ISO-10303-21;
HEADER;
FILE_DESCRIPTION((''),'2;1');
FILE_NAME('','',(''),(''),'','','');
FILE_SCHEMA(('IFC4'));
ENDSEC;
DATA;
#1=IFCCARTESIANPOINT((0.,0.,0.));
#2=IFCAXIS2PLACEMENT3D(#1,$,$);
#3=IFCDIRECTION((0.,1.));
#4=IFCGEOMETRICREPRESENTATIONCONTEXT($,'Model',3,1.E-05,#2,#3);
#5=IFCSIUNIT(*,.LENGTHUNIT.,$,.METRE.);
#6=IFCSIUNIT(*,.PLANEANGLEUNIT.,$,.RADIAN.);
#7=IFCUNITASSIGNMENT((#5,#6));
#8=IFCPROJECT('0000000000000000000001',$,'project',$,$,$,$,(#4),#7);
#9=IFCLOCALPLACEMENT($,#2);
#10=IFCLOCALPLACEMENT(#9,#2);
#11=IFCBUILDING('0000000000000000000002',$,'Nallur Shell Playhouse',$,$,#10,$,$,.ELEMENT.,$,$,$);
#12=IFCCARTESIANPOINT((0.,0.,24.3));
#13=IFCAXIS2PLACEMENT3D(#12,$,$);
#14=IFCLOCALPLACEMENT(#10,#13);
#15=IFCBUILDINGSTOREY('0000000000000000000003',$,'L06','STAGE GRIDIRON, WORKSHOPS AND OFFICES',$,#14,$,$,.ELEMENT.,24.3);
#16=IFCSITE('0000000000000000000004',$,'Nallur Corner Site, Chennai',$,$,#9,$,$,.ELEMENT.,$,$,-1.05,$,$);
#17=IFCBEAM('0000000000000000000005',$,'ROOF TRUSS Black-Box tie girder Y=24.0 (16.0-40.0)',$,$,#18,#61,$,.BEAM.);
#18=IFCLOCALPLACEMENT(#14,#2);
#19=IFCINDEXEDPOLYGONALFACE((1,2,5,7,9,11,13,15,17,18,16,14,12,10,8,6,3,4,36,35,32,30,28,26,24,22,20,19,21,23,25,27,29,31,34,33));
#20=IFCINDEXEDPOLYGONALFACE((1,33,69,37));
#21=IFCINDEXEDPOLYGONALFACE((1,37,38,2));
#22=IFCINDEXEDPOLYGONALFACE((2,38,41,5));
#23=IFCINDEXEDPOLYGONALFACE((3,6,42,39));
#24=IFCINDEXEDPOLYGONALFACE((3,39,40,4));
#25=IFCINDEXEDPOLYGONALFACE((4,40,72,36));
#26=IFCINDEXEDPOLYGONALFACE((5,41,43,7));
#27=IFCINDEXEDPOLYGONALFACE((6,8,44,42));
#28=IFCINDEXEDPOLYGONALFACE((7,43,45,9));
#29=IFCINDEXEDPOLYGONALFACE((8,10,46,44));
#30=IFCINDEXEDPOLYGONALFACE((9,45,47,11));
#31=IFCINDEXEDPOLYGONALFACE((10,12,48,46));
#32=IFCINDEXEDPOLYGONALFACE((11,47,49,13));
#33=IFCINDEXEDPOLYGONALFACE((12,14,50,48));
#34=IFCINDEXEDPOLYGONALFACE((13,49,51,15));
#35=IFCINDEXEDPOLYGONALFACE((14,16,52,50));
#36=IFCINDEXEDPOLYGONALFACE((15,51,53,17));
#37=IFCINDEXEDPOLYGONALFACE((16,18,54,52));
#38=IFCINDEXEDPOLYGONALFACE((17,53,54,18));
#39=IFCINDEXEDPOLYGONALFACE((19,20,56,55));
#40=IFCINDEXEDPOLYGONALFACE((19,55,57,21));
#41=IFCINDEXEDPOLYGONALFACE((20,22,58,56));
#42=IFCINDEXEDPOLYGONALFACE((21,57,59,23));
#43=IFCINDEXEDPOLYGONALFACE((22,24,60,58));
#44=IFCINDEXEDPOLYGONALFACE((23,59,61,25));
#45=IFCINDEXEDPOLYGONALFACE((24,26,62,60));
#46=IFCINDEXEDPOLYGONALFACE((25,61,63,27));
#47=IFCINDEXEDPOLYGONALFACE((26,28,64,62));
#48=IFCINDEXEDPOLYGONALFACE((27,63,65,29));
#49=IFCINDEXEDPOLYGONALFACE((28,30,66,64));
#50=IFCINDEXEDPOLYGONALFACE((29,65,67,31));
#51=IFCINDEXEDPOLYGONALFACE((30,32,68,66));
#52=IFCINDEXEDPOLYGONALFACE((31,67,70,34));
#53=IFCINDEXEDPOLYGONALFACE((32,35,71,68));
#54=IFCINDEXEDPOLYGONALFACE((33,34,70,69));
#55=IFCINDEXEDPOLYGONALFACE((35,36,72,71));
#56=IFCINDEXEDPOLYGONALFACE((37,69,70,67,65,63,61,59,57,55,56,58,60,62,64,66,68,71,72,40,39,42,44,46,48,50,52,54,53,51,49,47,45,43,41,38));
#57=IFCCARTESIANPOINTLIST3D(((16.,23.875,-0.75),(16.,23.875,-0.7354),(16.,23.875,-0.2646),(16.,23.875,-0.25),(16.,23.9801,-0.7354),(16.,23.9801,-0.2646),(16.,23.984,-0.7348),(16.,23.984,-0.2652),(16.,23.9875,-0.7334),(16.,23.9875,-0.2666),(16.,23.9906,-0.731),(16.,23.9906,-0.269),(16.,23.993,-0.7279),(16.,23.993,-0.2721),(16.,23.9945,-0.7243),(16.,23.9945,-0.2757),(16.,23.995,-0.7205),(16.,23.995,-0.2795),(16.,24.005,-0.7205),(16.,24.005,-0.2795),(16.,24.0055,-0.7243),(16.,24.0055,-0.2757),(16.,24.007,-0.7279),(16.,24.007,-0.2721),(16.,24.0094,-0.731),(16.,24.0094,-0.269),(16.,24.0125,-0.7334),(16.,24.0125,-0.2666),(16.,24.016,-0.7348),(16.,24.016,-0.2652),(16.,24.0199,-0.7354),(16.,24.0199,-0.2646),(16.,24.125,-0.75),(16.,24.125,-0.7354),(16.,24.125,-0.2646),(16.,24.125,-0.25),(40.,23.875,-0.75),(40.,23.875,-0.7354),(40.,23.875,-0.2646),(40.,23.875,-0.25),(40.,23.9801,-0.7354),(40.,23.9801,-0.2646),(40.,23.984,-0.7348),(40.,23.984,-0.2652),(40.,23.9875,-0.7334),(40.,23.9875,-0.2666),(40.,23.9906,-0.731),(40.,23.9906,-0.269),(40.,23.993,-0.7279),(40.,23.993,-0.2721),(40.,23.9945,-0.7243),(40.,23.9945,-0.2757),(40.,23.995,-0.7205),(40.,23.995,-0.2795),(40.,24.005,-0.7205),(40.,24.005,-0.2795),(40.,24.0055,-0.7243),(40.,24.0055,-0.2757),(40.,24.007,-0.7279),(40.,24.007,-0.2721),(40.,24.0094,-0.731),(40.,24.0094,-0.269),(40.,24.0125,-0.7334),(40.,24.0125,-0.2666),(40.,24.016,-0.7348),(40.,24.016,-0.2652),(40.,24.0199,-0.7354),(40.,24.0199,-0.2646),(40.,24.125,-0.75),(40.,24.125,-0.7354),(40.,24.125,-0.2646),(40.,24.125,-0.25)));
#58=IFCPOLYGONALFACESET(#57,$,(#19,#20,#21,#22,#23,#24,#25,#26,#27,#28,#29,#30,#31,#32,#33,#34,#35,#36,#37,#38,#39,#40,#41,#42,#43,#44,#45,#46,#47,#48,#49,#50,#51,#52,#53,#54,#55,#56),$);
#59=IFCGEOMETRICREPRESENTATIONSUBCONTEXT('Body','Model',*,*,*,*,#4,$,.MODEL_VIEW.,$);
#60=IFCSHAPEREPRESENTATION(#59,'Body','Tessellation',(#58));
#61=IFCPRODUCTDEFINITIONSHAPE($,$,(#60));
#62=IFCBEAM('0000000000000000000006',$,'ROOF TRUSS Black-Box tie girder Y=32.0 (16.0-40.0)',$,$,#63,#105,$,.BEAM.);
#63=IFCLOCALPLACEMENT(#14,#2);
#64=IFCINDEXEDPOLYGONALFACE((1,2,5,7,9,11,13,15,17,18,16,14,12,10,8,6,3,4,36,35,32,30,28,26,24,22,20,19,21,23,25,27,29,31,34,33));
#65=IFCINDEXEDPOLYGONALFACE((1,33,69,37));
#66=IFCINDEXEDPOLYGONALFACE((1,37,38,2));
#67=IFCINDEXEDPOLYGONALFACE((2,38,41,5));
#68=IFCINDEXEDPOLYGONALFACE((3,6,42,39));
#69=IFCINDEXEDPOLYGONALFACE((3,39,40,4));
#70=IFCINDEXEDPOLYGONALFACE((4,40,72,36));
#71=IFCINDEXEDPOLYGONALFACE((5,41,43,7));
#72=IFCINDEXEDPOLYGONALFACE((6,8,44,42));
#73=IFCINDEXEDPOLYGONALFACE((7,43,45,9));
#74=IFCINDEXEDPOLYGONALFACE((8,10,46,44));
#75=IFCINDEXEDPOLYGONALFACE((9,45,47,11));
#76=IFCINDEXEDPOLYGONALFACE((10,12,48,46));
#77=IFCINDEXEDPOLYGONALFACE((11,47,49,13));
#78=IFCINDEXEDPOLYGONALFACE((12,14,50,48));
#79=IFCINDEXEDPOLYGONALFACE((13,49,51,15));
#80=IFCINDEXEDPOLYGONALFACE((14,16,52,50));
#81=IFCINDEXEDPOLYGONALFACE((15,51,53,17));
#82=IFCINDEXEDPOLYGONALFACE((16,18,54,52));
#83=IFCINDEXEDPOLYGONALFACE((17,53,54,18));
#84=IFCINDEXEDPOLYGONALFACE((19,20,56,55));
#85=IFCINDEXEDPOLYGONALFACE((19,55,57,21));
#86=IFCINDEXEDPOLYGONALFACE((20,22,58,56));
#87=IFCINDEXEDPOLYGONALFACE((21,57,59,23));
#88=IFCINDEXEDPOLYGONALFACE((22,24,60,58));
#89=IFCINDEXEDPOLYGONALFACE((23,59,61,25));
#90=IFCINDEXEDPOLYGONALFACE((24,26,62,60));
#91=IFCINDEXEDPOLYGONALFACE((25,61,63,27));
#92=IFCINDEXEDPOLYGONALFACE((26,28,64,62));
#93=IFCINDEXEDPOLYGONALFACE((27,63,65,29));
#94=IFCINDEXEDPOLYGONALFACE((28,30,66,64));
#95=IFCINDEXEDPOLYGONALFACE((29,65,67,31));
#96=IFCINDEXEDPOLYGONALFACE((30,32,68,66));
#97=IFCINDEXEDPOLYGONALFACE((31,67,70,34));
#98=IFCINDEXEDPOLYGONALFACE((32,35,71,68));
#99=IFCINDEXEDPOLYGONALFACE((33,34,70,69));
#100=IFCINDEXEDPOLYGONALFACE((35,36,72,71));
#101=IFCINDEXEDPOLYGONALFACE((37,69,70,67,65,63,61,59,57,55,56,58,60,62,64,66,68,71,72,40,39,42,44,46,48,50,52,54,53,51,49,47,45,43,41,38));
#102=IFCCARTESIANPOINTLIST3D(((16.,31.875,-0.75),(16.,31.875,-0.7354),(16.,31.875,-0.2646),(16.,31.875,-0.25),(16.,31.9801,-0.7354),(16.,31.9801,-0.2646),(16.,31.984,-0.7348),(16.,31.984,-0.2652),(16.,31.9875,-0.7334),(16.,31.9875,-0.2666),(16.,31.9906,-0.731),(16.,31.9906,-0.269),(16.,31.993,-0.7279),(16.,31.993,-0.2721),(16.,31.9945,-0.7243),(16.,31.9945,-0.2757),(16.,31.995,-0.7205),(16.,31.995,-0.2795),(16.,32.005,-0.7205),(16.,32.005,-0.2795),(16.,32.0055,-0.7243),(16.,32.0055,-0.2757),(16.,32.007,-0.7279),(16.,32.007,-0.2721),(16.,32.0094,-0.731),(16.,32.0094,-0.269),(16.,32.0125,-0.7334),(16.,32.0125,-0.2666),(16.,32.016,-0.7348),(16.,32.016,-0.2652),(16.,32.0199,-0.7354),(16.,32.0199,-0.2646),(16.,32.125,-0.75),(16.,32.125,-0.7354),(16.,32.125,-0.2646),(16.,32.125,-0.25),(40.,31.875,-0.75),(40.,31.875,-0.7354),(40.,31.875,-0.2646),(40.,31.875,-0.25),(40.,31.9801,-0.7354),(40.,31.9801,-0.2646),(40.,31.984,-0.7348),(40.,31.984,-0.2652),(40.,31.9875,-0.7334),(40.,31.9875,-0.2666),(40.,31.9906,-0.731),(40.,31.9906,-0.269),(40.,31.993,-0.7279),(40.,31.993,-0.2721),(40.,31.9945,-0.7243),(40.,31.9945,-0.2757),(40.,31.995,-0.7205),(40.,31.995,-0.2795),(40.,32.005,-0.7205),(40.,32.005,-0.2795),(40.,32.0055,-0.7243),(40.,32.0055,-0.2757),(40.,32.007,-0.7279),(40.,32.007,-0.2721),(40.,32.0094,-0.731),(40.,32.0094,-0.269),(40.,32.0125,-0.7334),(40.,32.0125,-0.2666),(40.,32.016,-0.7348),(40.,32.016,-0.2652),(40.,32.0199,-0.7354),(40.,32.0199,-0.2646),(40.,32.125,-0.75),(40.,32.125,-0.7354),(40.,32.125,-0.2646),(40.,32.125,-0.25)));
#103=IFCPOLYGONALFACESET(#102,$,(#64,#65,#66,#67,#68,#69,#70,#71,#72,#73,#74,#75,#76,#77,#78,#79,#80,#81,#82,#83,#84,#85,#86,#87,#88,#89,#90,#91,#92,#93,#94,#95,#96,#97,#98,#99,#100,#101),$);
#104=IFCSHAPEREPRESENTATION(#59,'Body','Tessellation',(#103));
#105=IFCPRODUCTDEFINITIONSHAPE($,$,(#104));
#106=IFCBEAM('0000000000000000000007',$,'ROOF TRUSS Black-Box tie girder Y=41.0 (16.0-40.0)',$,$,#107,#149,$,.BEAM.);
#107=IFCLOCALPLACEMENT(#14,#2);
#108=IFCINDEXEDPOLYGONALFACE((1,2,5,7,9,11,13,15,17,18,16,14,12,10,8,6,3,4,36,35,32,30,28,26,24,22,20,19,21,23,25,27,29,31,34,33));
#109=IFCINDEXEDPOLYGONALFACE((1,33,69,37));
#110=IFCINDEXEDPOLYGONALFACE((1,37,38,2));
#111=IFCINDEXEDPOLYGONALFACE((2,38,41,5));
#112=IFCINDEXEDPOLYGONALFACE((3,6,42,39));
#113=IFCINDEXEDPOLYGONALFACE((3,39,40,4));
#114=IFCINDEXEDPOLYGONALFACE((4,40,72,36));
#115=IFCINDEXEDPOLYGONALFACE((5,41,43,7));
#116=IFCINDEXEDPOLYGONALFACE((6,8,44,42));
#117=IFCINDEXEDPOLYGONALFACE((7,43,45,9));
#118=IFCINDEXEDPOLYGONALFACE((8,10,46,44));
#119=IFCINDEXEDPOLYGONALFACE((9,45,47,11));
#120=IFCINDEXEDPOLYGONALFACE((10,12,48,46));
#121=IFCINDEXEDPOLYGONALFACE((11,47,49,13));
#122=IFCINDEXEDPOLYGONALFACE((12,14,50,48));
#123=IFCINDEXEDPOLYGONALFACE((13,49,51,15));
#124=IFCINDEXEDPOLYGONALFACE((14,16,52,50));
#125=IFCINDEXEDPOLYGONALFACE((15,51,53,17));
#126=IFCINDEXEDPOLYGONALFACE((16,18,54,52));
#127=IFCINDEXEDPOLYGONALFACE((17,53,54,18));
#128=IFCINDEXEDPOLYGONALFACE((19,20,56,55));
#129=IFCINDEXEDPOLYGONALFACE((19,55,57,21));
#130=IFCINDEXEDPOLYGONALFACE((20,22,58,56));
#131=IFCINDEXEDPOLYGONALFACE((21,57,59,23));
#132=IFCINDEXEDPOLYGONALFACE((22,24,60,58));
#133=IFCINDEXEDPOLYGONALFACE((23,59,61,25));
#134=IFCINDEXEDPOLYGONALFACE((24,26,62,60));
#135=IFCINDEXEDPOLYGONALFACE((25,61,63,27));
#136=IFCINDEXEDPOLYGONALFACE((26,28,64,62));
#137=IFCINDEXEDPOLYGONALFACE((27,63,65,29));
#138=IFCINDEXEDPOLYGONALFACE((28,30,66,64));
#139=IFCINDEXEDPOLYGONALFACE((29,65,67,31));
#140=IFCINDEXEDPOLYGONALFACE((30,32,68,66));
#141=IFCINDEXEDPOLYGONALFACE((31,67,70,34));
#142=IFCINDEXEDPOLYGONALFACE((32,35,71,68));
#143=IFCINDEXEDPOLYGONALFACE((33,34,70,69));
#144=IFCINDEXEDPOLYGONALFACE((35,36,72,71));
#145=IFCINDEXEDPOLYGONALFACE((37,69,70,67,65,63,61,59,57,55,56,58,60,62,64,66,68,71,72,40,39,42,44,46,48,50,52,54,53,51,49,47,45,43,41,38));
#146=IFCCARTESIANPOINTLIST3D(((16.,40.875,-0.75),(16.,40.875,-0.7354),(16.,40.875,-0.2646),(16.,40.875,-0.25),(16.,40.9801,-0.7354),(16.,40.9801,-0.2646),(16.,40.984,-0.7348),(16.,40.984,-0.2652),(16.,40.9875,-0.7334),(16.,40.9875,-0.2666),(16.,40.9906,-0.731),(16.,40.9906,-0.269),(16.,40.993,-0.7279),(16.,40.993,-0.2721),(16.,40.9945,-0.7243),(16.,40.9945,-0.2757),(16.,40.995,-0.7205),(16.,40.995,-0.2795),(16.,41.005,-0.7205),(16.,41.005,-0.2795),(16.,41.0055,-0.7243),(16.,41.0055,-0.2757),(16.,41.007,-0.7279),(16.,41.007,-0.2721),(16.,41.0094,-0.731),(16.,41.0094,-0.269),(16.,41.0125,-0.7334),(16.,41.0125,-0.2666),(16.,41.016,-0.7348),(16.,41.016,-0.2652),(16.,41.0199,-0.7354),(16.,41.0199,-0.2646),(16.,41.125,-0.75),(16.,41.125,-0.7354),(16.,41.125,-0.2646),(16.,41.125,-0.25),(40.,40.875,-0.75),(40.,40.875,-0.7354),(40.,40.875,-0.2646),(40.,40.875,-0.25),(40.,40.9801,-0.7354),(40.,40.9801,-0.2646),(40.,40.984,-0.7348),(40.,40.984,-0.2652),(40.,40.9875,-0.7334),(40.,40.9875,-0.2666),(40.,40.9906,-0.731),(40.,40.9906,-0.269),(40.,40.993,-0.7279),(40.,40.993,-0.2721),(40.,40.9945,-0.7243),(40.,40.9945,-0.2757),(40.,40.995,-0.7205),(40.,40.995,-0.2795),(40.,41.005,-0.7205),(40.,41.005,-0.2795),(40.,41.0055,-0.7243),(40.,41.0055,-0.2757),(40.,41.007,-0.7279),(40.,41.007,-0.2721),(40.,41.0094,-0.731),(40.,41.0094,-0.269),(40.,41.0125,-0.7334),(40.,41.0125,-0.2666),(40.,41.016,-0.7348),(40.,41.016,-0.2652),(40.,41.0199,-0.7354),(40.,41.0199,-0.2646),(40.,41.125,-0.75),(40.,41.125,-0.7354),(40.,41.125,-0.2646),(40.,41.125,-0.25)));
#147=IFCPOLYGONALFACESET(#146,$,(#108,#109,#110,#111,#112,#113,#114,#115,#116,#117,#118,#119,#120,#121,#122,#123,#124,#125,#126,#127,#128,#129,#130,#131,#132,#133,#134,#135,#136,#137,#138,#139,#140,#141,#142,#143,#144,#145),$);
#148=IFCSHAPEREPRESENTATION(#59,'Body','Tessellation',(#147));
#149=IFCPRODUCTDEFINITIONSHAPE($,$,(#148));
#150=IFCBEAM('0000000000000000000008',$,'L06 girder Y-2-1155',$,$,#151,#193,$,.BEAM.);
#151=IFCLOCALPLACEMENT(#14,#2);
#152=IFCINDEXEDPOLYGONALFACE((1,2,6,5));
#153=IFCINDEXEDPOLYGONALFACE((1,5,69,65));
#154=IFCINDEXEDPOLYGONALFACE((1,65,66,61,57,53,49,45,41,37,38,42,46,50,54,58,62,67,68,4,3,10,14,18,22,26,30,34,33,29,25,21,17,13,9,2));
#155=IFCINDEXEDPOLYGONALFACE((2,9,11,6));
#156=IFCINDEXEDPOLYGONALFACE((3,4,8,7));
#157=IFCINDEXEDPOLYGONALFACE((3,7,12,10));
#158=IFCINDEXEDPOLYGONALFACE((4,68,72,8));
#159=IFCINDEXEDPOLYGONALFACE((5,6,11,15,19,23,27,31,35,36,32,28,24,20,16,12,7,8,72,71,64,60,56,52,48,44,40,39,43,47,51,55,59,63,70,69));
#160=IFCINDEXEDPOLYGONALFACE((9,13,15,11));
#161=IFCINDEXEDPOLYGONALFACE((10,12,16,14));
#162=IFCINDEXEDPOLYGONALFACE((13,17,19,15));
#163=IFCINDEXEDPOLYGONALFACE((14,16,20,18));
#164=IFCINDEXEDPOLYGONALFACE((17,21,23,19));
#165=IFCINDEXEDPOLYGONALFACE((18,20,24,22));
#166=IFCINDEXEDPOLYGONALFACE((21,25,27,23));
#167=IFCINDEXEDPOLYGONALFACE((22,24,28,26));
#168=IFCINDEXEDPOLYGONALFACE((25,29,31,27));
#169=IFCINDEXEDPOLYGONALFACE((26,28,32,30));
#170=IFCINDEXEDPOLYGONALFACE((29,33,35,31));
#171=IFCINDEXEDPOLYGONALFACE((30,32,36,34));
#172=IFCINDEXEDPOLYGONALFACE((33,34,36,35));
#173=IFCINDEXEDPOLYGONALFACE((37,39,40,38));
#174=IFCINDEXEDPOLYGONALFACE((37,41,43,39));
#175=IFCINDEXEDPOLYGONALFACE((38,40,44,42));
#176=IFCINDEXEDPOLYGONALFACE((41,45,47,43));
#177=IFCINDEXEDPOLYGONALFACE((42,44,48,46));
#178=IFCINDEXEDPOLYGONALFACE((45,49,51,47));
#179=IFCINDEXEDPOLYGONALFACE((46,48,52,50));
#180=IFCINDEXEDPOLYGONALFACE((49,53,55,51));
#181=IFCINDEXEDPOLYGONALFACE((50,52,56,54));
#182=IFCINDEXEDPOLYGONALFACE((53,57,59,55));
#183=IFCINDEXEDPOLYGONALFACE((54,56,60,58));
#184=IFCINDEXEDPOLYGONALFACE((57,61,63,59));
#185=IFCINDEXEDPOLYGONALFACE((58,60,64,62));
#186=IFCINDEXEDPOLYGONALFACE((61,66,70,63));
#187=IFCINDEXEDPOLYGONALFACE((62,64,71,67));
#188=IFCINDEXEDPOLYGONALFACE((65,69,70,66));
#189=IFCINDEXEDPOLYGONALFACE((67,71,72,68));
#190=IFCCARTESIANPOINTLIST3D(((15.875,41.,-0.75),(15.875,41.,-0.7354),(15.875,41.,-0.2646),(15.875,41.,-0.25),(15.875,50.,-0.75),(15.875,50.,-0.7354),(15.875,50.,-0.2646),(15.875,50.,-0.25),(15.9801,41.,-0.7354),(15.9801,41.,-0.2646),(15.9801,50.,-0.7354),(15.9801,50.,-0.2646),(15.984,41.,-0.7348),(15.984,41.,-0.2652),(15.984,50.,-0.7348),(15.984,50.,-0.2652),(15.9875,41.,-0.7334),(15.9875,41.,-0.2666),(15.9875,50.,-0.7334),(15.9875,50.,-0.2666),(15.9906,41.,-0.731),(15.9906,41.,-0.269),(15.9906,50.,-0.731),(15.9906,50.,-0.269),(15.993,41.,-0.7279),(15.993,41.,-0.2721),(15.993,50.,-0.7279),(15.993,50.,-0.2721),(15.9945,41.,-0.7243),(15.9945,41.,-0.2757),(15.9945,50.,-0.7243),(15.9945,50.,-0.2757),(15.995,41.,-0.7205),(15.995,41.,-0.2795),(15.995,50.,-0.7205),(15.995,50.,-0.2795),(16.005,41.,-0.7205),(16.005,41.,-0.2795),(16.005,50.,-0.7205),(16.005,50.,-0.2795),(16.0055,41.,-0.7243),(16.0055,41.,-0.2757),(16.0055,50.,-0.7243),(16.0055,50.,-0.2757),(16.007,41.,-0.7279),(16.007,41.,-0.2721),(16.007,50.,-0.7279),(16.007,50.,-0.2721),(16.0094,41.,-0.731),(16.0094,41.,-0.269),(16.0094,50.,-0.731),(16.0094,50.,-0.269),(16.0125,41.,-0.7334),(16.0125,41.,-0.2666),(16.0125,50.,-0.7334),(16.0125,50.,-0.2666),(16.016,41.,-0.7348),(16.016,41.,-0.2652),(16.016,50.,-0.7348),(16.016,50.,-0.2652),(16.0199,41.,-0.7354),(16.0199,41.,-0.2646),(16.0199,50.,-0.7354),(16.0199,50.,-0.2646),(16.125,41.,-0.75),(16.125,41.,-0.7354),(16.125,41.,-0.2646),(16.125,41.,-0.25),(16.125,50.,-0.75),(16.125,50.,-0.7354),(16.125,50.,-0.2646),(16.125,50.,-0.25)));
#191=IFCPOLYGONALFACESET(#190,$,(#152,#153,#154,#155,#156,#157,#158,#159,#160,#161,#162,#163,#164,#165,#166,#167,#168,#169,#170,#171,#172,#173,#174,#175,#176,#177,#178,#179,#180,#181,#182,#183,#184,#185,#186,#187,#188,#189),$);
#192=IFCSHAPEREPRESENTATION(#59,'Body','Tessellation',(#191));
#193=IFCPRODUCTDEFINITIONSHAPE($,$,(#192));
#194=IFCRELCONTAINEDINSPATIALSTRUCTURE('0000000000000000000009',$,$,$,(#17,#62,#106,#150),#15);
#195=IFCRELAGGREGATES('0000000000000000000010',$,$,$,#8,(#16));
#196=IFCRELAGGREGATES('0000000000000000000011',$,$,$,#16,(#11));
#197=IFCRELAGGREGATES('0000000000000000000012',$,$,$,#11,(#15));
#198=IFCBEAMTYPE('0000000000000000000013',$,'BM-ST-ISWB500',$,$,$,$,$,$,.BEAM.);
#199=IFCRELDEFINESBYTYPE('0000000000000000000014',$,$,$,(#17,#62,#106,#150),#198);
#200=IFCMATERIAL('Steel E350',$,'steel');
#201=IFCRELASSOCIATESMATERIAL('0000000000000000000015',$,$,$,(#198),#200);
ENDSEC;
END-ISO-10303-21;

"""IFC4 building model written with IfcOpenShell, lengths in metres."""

from ifc_helpers import new_model, si_unit, direction, frame, origin, origin_2d, place, context, subcontext, project, spatial, i_section, extrude, material, material_profile, profile_set, type_object, element, save


model = new_model("IFC4")

# Units and contexts
model_context = context("Model", 3, precision=1e-05, world=origin(), true_north=direction((0.0, 1.0)))
body_context = subcontext(model_context, "Body", "Model", "MODEL_VIEW")
ifc_project = project(units=[si_unit("LENGTHUNIT", "METRE"), si_unit("PLANEANGLEUNIT", "RADIAN")], contexts=[model_context])

# Site, building, storey
site_placement = place(None, origin())
site = spatial("IfcSite", under=ifc_project, at=site_placement, Name="Nallur Corner Site, Chennai", CompositionType="ELEMENT", RefElevation=-1.05)
building_placement = place(site_placement, origin())
building = spatial("IfcBuilding", under=site, at=building_placement, Name="Nallur Shell Playhouse", CompositionType="ELEMENT")
storey_placement = place(building_placement, frame((0.0, 0.0, 24.3)))
storey = spatial("IfcBuildingStorey", under=building, at=storey_placement, Name="L06", Description="STAGE GRIDIRON, WORKSHOPS AND OFFICES", CompositionType="ELEMENT", Elevation=24.3)

# Beams
ifc_material_1 = material(Name="Steel E350", Category="steel")
ifc_material_profile_1 = material_profile(ifc_material_1, i_section(OverallWidth=0.25, OverallDepth=0.5, WebThickness=0.01, FlangeThickness=0.0146, FilletRadius=0.0149, at=origin_2d()), Name="ISWB 500")
ifc_profile_set_1 = profile_set([ifc_material_profile_1], Name="Steel E350")
beam_type_1 = type_object("IfcBeamType", Name="BM-ST-ISWB500", PredefinedType="BEAM", material=ifc_profile_set_1)
for number, where, z_axis, x_axis, name in (
    (1, (16.0, 24.0, -0.5), (1.0, 0.0, 0.0), (0.0, 1.0, 0.0), "ROOF TRUSS Black-Box tie girder Y=24.0 (16.0-40.0)"),
    (2, (16.0, 32.0, -0.5), (1.0, 0.0, 0.0), (0.0, 1.0, 0.0), "ROOF TRUSS Black-Box tie girder Y=32.0 (16.0-40.0)"),
    (3, (16.0, 41.0, -0.5), (1.0, 0.0, 0.0), (0.0, 1.0, 0.0), "ROOF TRUSS Black-Box tie girder Y=41.0 (16.0-40.0)"),
):
    element("IfcBeam", number, at=place(storey_placement, frame(where, z_axis=z_axis, x_axis=x_axis)), inside=storey, type_object=beam_type_1, Name=name, PredefinedType="BEAM", context=body_context, shape_type="SweptSolid", body=[
        extrude(i_section(OverallWidth=0.25, OverallDepth=0.5, WebThickness=0.01, FlangeThickness=0.0146, FilletRadius=0.0149, at=origin_2d()), origin(), (0.0, 0.0, 1.0), 24.0),
    ])
beam_1_placement = place(storey_placement, frame((16.0, 41.0, -0.5), z_axis=(0.0, 1.0, 0.0), x_axis=(-1.0, 0.0, 0.0)))
element("IfcBeam", 4, at=beam_1_placement, inside=storey, type_object=beam_type_1, Name="L06 girder Y-2-1155", PredefinedType="BEAM", context=body_context, shape_type="SweptSolid", body=[
    extrude(i_section(OverallWidth=0.25, OverallDepth=0.5, WebThickness=0.01, FlangeThickness=0.0146, FilletRadius=0.0149, at=origin_2d()), origin(), (0.0, 0.0, 1.0), 9.0),
])

save(model, "model.ifc")
